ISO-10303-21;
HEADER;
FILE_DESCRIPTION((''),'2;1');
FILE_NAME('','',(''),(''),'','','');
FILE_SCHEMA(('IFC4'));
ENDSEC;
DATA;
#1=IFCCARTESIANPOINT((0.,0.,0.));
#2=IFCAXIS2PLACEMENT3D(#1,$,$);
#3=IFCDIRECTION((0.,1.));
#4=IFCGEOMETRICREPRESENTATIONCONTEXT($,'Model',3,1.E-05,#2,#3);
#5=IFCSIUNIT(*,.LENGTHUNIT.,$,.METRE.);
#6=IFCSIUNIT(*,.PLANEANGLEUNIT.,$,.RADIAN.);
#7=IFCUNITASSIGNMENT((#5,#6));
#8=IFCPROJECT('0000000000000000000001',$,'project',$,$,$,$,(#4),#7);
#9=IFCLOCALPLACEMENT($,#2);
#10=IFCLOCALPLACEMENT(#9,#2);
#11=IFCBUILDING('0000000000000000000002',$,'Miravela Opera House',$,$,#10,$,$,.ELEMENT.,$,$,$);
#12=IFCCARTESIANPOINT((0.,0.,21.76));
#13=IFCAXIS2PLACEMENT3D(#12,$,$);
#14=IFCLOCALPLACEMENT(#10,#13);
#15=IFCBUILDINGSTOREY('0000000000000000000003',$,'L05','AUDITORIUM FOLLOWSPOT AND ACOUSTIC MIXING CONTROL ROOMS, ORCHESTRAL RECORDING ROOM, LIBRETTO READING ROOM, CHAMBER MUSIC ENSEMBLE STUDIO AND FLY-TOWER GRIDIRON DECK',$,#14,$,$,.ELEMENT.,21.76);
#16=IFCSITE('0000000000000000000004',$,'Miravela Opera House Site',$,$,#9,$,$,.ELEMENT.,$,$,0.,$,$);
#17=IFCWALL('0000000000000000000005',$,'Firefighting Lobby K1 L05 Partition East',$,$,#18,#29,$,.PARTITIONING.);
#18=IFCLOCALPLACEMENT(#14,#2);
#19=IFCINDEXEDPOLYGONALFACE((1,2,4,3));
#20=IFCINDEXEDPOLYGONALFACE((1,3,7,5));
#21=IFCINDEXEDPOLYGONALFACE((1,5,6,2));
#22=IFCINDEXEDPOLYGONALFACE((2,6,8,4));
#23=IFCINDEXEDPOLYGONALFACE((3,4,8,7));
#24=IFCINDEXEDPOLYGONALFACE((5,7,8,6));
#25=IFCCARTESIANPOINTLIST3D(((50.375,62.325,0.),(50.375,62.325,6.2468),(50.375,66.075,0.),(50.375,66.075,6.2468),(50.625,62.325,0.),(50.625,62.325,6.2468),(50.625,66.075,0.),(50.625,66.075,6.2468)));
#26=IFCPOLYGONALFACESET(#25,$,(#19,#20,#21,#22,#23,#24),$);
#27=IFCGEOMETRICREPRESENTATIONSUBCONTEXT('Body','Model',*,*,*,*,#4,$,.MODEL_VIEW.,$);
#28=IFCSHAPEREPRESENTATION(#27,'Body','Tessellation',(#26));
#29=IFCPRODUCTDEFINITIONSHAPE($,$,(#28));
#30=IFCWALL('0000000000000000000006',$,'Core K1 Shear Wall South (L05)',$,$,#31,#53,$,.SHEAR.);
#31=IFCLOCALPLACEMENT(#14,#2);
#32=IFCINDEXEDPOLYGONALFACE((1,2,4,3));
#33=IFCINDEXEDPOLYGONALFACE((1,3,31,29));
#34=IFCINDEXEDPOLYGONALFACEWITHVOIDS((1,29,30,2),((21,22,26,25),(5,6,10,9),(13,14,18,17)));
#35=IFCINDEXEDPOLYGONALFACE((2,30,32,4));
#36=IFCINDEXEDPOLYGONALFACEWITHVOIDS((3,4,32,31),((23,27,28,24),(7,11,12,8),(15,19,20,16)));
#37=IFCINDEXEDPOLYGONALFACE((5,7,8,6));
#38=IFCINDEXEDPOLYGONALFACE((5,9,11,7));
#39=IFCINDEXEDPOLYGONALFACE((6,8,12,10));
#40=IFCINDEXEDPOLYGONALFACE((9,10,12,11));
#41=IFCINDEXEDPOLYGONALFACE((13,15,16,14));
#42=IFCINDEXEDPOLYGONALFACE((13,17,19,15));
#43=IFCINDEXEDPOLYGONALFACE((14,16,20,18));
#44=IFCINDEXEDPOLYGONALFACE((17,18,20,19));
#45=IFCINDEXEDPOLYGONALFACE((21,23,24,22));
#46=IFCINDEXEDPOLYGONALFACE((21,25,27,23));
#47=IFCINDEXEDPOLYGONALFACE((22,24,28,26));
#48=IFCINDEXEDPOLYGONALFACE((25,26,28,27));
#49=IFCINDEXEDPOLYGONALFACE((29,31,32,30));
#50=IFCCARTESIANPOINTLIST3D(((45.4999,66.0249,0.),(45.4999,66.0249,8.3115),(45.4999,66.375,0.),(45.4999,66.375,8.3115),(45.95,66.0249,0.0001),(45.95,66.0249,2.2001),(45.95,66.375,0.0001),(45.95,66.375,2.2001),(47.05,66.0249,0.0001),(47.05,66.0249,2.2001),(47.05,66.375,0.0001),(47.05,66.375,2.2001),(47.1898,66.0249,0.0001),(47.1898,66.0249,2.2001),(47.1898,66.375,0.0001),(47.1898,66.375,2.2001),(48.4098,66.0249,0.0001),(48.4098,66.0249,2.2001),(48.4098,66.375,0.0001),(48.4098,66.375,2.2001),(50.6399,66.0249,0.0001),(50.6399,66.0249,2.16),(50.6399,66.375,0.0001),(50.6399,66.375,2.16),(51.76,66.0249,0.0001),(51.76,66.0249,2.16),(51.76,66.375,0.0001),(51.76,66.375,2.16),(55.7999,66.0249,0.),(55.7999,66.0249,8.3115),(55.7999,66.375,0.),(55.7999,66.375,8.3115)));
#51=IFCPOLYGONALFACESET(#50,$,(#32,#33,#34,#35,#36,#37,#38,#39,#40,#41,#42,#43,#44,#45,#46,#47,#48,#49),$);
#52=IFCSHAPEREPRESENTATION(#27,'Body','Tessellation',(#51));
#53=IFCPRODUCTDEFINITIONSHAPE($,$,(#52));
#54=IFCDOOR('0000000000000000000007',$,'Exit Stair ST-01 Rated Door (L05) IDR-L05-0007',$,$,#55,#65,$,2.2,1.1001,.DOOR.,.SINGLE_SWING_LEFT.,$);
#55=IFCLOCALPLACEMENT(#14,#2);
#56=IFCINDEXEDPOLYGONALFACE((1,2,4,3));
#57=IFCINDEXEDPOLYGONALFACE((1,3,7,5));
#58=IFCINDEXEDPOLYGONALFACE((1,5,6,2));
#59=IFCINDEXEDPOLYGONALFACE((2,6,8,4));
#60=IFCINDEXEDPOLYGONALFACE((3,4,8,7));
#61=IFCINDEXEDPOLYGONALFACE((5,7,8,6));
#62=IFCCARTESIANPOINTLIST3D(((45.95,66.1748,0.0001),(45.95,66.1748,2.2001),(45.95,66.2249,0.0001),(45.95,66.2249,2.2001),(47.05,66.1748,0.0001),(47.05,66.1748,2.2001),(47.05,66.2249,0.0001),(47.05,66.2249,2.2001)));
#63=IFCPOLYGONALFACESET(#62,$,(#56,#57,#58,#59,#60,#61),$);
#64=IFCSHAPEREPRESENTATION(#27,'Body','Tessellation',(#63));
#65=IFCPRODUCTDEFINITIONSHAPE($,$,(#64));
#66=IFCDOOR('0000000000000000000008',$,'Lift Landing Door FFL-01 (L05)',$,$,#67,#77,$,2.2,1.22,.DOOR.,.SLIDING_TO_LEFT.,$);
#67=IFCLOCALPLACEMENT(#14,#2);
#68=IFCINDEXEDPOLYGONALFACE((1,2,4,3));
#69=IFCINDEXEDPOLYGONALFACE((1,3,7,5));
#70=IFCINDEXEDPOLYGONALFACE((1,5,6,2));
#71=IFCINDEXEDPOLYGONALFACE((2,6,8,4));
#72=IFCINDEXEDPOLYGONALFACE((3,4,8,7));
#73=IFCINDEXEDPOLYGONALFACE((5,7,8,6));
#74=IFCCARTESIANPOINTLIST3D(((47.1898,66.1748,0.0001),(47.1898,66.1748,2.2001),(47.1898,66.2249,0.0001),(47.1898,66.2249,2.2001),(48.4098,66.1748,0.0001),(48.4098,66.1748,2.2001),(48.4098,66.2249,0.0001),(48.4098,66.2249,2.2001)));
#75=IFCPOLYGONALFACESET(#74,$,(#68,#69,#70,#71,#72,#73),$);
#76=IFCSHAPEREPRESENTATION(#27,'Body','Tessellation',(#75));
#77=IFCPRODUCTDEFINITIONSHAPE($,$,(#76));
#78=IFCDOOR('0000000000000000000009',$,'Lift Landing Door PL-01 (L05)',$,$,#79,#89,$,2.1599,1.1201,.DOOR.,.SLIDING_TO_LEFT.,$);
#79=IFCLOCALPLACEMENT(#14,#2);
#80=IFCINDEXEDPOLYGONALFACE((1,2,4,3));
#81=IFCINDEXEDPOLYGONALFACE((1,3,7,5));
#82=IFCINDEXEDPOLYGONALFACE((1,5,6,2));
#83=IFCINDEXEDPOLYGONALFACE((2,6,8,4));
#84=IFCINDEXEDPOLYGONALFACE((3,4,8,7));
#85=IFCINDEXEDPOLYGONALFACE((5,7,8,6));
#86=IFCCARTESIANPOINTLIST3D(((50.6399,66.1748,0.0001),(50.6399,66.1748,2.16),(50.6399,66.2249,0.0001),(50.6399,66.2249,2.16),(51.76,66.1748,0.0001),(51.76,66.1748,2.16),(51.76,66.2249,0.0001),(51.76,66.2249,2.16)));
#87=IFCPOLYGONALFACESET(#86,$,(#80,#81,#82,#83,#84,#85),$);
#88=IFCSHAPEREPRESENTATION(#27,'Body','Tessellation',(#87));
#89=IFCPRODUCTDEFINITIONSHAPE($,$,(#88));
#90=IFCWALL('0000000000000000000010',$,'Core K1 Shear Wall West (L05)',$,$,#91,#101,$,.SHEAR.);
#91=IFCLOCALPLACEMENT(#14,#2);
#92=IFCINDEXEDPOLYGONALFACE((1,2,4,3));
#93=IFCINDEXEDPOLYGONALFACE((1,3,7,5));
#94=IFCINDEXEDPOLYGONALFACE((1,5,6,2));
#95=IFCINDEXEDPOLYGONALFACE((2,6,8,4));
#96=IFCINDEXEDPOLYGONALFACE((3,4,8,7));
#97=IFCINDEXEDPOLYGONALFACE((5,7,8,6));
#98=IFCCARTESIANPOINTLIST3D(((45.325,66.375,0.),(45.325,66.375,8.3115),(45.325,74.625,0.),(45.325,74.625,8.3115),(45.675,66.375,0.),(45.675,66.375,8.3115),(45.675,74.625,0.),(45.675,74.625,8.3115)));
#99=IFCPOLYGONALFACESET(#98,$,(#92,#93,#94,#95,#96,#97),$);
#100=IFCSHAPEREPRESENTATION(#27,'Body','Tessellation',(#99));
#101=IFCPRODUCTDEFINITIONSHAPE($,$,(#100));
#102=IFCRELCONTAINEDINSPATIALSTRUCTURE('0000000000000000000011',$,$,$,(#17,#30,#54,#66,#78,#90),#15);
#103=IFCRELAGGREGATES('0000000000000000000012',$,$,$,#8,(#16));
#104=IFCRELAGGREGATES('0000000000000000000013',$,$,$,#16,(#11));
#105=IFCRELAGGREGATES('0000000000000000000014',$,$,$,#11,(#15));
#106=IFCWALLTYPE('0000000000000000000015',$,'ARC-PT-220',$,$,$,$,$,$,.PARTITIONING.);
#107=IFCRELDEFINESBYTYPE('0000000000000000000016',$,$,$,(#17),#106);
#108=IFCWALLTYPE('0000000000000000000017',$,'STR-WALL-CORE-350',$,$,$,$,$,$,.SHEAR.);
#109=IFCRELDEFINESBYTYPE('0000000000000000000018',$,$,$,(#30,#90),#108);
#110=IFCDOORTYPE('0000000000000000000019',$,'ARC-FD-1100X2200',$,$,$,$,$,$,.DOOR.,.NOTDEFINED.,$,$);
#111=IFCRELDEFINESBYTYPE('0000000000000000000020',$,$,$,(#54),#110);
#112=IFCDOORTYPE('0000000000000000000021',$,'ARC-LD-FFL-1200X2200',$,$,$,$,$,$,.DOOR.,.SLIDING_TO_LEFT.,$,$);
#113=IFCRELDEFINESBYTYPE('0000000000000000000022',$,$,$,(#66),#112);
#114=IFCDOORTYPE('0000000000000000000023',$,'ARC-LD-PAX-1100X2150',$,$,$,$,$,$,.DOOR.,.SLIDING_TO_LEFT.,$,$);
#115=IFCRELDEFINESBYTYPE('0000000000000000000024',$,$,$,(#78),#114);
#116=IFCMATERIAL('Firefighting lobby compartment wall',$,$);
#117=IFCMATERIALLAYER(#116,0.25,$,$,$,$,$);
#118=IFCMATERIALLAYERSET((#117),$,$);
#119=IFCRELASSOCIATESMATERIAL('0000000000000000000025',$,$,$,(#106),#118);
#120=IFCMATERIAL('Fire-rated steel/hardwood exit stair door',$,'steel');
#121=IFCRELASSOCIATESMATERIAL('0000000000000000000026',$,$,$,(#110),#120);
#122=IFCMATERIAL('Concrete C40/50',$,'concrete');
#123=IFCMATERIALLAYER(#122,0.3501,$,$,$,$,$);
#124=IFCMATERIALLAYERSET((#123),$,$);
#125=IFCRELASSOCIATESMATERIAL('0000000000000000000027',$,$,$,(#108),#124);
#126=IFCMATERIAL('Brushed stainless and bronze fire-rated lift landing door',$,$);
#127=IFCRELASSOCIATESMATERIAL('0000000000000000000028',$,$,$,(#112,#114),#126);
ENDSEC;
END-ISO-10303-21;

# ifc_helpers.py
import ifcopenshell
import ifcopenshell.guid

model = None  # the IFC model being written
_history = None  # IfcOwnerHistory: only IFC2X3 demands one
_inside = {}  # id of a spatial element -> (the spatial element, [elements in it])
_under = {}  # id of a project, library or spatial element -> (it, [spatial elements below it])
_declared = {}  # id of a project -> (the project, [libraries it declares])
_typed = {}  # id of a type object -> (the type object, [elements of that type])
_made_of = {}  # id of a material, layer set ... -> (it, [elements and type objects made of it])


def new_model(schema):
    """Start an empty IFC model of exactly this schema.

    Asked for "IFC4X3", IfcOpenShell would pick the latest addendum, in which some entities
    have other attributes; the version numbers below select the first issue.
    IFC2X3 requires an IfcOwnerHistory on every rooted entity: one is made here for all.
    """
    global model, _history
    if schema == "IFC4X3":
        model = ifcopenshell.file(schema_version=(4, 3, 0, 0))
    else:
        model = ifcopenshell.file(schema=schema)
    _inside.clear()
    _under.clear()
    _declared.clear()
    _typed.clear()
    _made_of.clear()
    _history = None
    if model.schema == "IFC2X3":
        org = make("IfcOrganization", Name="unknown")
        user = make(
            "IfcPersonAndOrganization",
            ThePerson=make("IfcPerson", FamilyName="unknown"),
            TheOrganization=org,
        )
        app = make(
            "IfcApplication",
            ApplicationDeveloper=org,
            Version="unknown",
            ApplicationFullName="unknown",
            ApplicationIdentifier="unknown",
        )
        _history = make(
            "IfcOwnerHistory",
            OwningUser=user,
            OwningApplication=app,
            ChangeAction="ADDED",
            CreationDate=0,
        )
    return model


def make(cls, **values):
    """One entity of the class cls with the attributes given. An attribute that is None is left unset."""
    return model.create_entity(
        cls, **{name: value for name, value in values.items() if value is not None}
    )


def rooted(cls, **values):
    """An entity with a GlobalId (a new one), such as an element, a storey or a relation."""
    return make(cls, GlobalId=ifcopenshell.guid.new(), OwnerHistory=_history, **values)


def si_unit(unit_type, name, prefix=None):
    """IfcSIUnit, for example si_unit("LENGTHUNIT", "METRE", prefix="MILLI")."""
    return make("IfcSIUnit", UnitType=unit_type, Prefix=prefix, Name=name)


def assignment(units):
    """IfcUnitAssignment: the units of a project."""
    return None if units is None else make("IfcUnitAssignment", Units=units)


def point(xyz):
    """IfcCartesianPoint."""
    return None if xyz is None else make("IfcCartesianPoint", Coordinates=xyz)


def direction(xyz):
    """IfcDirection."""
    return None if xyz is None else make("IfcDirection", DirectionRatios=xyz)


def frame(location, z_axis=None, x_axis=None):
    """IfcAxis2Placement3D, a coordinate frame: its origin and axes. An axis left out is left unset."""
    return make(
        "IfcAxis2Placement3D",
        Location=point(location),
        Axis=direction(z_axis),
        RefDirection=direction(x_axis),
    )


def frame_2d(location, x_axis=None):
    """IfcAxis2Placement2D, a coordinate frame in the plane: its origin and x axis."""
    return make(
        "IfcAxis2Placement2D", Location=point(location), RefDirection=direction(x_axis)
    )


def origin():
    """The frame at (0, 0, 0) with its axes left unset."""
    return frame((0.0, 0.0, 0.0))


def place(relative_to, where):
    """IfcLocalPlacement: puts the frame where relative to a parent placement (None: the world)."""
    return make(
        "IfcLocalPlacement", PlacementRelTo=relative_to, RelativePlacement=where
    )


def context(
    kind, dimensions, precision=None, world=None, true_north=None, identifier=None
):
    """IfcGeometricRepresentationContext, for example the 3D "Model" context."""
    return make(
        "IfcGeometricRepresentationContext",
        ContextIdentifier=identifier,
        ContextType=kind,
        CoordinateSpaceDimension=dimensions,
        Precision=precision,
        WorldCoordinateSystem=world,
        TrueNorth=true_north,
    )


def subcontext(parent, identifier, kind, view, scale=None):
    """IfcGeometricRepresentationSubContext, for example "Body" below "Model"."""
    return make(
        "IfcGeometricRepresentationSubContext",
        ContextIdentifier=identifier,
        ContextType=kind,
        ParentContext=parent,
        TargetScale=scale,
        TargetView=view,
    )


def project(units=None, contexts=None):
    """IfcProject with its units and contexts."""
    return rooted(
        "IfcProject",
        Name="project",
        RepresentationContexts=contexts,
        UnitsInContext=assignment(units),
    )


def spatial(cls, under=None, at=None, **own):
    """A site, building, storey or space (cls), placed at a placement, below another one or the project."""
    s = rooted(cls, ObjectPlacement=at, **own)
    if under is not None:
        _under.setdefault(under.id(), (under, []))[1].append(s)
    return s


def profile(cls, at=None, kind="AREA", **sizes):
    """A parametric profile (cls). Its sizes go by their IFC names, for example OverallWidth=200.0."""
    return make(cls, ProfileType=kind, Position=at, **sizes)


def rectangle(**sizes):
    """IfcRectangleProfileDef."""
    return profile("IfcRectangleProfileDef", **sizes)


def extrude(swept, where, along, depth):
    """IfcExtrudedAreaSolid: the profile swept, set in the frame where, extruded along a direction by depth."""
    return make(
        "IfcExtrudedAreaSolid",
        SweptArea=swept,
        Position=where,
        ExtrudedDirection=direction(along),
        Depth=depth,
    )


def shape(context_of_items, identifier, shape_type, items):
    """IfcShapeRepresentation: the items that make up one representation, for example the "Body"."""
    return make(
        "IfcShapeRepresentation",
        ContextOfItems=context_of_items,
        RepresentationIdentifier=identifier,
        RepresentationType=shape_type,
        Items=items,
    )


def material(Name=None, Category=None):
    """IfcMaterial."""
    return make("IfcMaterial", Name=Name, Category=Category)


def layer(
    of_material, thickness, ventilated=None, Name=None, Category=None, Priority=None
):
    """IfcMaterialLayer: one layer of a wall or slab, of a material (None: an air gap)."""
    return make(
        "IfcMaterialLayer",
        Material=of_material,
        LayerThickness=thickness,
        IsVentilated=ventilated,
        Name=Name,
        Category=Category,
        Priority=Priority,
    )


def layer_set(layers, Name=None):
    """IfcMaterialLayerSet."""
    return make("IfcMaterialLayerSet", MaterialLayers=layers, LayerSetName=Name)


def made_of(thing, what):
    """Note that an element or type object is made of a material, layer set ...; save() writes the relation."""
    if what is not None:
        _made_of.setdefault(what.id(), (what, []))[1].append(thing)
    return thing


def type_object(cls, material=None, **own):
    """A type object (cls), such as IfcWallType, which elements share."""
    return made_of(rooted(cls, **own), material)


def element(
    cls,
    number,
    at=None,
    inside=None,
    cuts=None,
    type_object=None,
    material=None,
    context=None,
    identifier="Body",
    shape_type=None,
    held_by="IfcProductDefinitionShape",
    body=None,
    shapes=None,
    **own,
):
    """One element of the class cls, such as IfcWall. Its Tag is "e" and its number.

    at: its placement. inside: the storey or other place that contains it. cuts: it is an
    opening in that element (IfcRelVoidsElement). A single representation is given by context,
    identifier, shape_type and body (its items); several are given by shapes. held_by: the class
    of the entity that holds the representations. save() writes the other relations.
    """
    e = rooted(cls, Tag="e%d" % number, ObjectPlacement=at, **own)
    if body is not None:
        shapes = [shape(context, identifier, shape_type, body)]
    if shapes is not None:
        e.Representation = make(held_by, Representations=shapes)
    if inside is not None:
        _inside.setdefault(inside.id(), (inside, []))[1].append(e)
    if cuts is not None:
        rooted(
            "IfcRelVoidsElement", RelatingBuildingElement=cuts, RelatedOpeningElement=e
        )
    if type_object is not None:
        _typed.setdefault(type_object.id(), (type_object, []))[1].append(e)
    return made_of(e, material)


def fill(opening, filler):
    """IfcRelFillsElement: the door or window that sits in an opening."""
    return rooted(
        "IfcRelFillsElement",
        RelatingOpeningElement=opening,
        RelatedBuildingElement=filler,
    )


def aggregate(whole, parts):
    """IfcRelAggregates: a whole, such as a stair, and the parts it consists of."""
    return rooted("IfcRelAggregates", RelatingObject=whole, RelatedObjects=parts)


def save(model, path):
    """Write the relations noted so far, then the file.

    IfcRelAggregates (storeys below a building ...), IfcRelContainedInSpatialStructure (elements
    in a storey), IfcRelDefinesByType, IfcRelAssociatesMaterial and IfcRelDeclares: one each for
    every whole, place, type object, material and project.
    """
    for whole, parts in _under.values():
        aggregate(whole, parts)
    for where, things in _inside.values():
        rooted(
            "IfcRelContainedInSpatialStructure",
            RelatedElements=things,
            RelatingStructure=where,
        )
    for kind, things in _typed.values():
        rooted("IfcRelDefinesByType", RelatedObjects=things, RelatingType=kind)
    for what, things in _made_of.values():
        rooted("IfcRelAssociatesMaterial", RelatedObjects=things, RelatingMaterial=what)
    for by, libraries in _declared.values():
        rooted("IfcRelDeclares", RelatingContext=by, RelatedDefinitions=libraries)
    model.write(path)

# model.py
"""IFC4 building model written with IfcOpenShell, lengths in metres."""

from ifc_helpers import new_model, si_unit, direction, frame, frame_2d, origin, place, context, subcontext, project, spatial, rectangle, extrude, material, layer, layer_set, type_object, element, fill, save


model = new_model("IFC4")

# Units and contexts
model_context = context("Model", 3, precision=1e-05, world=origin(), true_north=direction((0.0, 1.0)))
body_context = subcontext(model_context, "Body", "Model", "MODEL_VIEW")
ifc_project = project(units=[si_unit("LENGTHUNIT", "METRE"), si_unit("PLANEANGLEUNIT", "RADIAN")], contexts=[model_context])

# Site, building, storey
site_placement = place(None, origin())
site = spatial("IfcSite", under=ifc_project, at=site_placement, Name="Miravela Opera House Site", CompositionType="ELEMENT", RefElevation=0.0)
building_placement = place(site_placement, origin())
building = spatial("IfcBuilding", under=site, at=building_placement, Name="Miravela Opera House", CompositionType="ELEMENT")
storey_placement = place(building_placement, frame((0.0, 0.0, 21.76)))
storey = spatial("IfcBuildingStorey", under=building, at=storey_placement, Name="L05", Description="AUDITORIUM FOLLOWSPOT AND ACOUSTIC MIXING CONTROL ROOMS, ORCHESTRAL RECORDING ROOM, LIBRETTO READING ROOM, CHAMBER MUSIC ENSEMBLE STUDIO AND FLY-TOWER GRIDIRON DECK", CompositionType="ELEMENT", Elevation=21.76)

# Shared definitions
ifc_material_1 = material(Name="Firefighting lobby compartment wall")
ifc_layer_1 = layer(ifc_material_1, 0.25)
ifc_layer_set_1 = layer_set([ifc_layer_1])
wall_type_1 = type_object("IfcWallType", Name="ARC-PT-220", PredefinedType="PARTITIONING", material=ifc_layer_set_1)
ifc_material_2 = material(Name="Fire-rated steel/hardwood exit stair door", Category="steel")
door_type_1 = type_object("IfcDoorType", Name="ARC-FD-1100X2200", OperationType="NOTDEFINED", PredefinedType="DOOR", material=ifc_material_2)

# Wall
for number, where, z_axis, x_axis, name in (
    (1, (50.5, 62.325, 0.0), (0.0, 0.0, 1.0), (0.0, 1.0, 0.0), "Firefighting Lobby K1 L05 Partition East"),
):
    element("IfcWall", number, at=place(storey_placement, frame(where, z_axis=z_axis, x_axis=x_axis)), inside=storey, type_object=wall_type_1, Name=name, PredefinedType="PARTITIONING", context=body_context, shape_type="SweptSolid", body=[
        extrude(rectangle(XDim=3.75, YDim=0.25, at=frame_2d((1.875, 0.0))), origin(), (0.0, 0.0, 1.0), 6.2468),
    ])

# Wall, openings, doors
ifc_material_3 = material(Name="Concrete C40/50", Category="concrete")
ifc_layer_2 = layer(ifc_material_3, 0.3501)
ifc_layer_set_2 = layer_set([ifc_layer_2])
wall_type_2 = type_object("IfcWallType", Name="STR-WALL-CORE-350", PredefinedType="SHEAR", material=ifc_layer_set_2)
wall_1_placement = place(storey_placement, frame((45.5, 66.2, 0.0), z_axis=(0.0, 0.0, 1.0), x_axis=(1.0, 0.0, 0.0)))
wall_1 = element("IfcWall", 2, at=wall_1_placement, inside=storey, type_object=wall_type_2, Name="Core K1 Shear Wall South (L05)", PredefinedType="SHEAR", context=body_context, shape_type="SweptSolid", body=[
    extrude(rectangle(XDim=10.3, YDim=0.3501, at=frame_2d((5.1499, 0.0))), origin(), (0.0, 0.0, 1.0), 8.3115),
])
opening_1_placement = place(wall_1_placement, frame((0.45, 0.0, 0.0)))
opening_1 = element("IfcOpeningElement", 3, at=opening_1_placement, cuts=wall_1, PredefinedType="OPENING", context=body_context, shape_type="SweptSolid", body=[
    extrude(rectangle(XDim=1.1001, YDim=2.2, at=frame_2d((0.55, 1.1001))), frame((0.0, 0.1851, 0.0), z_axis=(0.0, -1.0, 0.0), x_axis=(1.0, 0.0, 0.0)), (0.0, 0.0, 1.0), 0.3701),
])
opening_2_placement = place(wall_1_placement, frame((1.6899, 0.0, 0.0)))
opening_2 = element("IfcOpeningElement", 4, at=opening_2_placement, cuts=wall_1, PredefinedType="OPENING", context=body_context, shape_type="SweptSolid", body=[
    extrude(rectangle(XDim=1.22, YDim=2.2, at=frame_2d((0.6099, 1.1001))), frame((0.0, 0.1851, 0.0), z_axis=(0.0, -1.0, 0.0), x_axis=(1.0, 0.0, 0.0)), (0.0, 0.0, 1.0), 0.3701),
])
opening_3_placement = place(wall_1_placement, frame((5.1399, 0.0, 0.0)))
opening_3 = element("IfcOpeningElement", 5, at=opening_3_placement, cuts=wall_1, PredefinedType="OPENING", context=body_context, shape_type="SweptSolid", body=[
    extrude(rectangle(XDim=1.1201, YDim=2.1599, at=frame_2d((0.5601, 1.0801))), frame((0.0, 0.1851, 0.0), z_axis=(0.0, -1.0, 0.0), x_axis=(1.0, 0.0, 0.0)), (0.0, 0.0, 1.0), 0.3701),
])
door_1_placement = place(opening_1_placement, origin())
door_1 = element("IfcDoor", 6, at=door_1_placement, inside=storey, type_object=door_type_1, Name="Exit Stair ST-01 Rated Door (L05) IDR-L05-0007", OperationType="SINGLE_SWING_LEFT", OverallHeight=2.2, OverallWidth=1.1001, PredefinedType="DOOR", context=body_context, shape_type="SweptSolid", body=[
    extrude(rectangle(XDim=1.1001, YDim=2.2, at=frame_2d((0.55, 1.1001))), frame((0.0, 0.0249, 0.0), z_axis=(0.0, -1.0, 0.0), x_axis=(1.0, 0.0, 0.0)), (0.0, 0.0, 1.0), 0.05),
])
fill(opening_1, door_1)
ifc_material_4 = material(Name="Brushed stainless and bronze fire-rated lift landing door")
door_type_2 = type_object("IfcDoorType", Name="ARC-LD-FFL-1200X2200", OperationType="SLIDING_TO_LEFT", PredefinedType="DOOR", material=ifc_material_4)
door_2_placement = place(opening_2_placement, origin())
door_2 = element("IfcDoor", 7, at=door_2_placement, inside=storey, type_object=door_type_2, Name="Lift Landing Door FFL-01 (L05)", OperationType="SLIDING_TO_LEFT", OverallHeight=2.2, OverallWidth=1.22, PredefinedType="DOOR", context=body_context, shape_type="SweptSolid", body=[
    extrude(rectangle(XDim=1.22, YDim=2.2, at=frame_2d((0.6099, 1.1001))), frame((0.0, 0.0249, 0.0), z_axis=(0.0, -1.0, 0.0), x_axis=(1.0, 0.0, 0.0)), (0.0, 0.0, 1.0), 0.05),
])
fill(opening_2, door_2)
door_type_3 = type_object("IfcDoorType", Name="ARC-LD-PAX-1100X2150", OperationType="SLIDING_TO_LEFT", PredefinedType="DOOR", material=ifc_material_4)
door_3_placement = place(opening_3_placement, origin())
door_3 = element("IfcDoor", 8, at=door_3_placement, inside=storey, type_object=door_type_3, Name="Lift Landing Door PL-01 (L05)", OperationType="SLIDING_TO_LEFT", OverallHeight=2.1599, OverallWidth=1.1201, PredefinedType="DOOR", context=body_context, shape_type="SweptSolid", body=[
    extrude(rectangle(XDim=1.1201, YDim=2.1599, at=frame_2d((0.5601, 1.0801))), frame((0.0, 0.0249, 0.0), z_axis=(0.0, -1.0, 0.0), x_axis=(1.0, 0.0, 0.0)), (0.0, 0.0, 1.0), 0.05),
])
fill(opening_3, door_3)

# Wall
wall_2_placement = place(storey_placement, frame((45.5, 66.375, 0.0), z_axis=(0.0, 0.0, 1.0), x_axis=(0.0, 1.0, 0.0)))
element("IfcWall", 9, at=wall_2_placement, inside=storey, type_object=wall_type_2, Name="Core K1 Shear Wall West (L05)", PredefinedType="SHEAR", context=body_context, shape_type="SweptSolid", body=[
    extrude(rectangle(XDim=8.25, YDim=0.3501, at=frame_2d((4.125, 0.0))), origin(), (0.0, 0.0, 1.0), 8.3115),
])

save(model, "model.ifc")
